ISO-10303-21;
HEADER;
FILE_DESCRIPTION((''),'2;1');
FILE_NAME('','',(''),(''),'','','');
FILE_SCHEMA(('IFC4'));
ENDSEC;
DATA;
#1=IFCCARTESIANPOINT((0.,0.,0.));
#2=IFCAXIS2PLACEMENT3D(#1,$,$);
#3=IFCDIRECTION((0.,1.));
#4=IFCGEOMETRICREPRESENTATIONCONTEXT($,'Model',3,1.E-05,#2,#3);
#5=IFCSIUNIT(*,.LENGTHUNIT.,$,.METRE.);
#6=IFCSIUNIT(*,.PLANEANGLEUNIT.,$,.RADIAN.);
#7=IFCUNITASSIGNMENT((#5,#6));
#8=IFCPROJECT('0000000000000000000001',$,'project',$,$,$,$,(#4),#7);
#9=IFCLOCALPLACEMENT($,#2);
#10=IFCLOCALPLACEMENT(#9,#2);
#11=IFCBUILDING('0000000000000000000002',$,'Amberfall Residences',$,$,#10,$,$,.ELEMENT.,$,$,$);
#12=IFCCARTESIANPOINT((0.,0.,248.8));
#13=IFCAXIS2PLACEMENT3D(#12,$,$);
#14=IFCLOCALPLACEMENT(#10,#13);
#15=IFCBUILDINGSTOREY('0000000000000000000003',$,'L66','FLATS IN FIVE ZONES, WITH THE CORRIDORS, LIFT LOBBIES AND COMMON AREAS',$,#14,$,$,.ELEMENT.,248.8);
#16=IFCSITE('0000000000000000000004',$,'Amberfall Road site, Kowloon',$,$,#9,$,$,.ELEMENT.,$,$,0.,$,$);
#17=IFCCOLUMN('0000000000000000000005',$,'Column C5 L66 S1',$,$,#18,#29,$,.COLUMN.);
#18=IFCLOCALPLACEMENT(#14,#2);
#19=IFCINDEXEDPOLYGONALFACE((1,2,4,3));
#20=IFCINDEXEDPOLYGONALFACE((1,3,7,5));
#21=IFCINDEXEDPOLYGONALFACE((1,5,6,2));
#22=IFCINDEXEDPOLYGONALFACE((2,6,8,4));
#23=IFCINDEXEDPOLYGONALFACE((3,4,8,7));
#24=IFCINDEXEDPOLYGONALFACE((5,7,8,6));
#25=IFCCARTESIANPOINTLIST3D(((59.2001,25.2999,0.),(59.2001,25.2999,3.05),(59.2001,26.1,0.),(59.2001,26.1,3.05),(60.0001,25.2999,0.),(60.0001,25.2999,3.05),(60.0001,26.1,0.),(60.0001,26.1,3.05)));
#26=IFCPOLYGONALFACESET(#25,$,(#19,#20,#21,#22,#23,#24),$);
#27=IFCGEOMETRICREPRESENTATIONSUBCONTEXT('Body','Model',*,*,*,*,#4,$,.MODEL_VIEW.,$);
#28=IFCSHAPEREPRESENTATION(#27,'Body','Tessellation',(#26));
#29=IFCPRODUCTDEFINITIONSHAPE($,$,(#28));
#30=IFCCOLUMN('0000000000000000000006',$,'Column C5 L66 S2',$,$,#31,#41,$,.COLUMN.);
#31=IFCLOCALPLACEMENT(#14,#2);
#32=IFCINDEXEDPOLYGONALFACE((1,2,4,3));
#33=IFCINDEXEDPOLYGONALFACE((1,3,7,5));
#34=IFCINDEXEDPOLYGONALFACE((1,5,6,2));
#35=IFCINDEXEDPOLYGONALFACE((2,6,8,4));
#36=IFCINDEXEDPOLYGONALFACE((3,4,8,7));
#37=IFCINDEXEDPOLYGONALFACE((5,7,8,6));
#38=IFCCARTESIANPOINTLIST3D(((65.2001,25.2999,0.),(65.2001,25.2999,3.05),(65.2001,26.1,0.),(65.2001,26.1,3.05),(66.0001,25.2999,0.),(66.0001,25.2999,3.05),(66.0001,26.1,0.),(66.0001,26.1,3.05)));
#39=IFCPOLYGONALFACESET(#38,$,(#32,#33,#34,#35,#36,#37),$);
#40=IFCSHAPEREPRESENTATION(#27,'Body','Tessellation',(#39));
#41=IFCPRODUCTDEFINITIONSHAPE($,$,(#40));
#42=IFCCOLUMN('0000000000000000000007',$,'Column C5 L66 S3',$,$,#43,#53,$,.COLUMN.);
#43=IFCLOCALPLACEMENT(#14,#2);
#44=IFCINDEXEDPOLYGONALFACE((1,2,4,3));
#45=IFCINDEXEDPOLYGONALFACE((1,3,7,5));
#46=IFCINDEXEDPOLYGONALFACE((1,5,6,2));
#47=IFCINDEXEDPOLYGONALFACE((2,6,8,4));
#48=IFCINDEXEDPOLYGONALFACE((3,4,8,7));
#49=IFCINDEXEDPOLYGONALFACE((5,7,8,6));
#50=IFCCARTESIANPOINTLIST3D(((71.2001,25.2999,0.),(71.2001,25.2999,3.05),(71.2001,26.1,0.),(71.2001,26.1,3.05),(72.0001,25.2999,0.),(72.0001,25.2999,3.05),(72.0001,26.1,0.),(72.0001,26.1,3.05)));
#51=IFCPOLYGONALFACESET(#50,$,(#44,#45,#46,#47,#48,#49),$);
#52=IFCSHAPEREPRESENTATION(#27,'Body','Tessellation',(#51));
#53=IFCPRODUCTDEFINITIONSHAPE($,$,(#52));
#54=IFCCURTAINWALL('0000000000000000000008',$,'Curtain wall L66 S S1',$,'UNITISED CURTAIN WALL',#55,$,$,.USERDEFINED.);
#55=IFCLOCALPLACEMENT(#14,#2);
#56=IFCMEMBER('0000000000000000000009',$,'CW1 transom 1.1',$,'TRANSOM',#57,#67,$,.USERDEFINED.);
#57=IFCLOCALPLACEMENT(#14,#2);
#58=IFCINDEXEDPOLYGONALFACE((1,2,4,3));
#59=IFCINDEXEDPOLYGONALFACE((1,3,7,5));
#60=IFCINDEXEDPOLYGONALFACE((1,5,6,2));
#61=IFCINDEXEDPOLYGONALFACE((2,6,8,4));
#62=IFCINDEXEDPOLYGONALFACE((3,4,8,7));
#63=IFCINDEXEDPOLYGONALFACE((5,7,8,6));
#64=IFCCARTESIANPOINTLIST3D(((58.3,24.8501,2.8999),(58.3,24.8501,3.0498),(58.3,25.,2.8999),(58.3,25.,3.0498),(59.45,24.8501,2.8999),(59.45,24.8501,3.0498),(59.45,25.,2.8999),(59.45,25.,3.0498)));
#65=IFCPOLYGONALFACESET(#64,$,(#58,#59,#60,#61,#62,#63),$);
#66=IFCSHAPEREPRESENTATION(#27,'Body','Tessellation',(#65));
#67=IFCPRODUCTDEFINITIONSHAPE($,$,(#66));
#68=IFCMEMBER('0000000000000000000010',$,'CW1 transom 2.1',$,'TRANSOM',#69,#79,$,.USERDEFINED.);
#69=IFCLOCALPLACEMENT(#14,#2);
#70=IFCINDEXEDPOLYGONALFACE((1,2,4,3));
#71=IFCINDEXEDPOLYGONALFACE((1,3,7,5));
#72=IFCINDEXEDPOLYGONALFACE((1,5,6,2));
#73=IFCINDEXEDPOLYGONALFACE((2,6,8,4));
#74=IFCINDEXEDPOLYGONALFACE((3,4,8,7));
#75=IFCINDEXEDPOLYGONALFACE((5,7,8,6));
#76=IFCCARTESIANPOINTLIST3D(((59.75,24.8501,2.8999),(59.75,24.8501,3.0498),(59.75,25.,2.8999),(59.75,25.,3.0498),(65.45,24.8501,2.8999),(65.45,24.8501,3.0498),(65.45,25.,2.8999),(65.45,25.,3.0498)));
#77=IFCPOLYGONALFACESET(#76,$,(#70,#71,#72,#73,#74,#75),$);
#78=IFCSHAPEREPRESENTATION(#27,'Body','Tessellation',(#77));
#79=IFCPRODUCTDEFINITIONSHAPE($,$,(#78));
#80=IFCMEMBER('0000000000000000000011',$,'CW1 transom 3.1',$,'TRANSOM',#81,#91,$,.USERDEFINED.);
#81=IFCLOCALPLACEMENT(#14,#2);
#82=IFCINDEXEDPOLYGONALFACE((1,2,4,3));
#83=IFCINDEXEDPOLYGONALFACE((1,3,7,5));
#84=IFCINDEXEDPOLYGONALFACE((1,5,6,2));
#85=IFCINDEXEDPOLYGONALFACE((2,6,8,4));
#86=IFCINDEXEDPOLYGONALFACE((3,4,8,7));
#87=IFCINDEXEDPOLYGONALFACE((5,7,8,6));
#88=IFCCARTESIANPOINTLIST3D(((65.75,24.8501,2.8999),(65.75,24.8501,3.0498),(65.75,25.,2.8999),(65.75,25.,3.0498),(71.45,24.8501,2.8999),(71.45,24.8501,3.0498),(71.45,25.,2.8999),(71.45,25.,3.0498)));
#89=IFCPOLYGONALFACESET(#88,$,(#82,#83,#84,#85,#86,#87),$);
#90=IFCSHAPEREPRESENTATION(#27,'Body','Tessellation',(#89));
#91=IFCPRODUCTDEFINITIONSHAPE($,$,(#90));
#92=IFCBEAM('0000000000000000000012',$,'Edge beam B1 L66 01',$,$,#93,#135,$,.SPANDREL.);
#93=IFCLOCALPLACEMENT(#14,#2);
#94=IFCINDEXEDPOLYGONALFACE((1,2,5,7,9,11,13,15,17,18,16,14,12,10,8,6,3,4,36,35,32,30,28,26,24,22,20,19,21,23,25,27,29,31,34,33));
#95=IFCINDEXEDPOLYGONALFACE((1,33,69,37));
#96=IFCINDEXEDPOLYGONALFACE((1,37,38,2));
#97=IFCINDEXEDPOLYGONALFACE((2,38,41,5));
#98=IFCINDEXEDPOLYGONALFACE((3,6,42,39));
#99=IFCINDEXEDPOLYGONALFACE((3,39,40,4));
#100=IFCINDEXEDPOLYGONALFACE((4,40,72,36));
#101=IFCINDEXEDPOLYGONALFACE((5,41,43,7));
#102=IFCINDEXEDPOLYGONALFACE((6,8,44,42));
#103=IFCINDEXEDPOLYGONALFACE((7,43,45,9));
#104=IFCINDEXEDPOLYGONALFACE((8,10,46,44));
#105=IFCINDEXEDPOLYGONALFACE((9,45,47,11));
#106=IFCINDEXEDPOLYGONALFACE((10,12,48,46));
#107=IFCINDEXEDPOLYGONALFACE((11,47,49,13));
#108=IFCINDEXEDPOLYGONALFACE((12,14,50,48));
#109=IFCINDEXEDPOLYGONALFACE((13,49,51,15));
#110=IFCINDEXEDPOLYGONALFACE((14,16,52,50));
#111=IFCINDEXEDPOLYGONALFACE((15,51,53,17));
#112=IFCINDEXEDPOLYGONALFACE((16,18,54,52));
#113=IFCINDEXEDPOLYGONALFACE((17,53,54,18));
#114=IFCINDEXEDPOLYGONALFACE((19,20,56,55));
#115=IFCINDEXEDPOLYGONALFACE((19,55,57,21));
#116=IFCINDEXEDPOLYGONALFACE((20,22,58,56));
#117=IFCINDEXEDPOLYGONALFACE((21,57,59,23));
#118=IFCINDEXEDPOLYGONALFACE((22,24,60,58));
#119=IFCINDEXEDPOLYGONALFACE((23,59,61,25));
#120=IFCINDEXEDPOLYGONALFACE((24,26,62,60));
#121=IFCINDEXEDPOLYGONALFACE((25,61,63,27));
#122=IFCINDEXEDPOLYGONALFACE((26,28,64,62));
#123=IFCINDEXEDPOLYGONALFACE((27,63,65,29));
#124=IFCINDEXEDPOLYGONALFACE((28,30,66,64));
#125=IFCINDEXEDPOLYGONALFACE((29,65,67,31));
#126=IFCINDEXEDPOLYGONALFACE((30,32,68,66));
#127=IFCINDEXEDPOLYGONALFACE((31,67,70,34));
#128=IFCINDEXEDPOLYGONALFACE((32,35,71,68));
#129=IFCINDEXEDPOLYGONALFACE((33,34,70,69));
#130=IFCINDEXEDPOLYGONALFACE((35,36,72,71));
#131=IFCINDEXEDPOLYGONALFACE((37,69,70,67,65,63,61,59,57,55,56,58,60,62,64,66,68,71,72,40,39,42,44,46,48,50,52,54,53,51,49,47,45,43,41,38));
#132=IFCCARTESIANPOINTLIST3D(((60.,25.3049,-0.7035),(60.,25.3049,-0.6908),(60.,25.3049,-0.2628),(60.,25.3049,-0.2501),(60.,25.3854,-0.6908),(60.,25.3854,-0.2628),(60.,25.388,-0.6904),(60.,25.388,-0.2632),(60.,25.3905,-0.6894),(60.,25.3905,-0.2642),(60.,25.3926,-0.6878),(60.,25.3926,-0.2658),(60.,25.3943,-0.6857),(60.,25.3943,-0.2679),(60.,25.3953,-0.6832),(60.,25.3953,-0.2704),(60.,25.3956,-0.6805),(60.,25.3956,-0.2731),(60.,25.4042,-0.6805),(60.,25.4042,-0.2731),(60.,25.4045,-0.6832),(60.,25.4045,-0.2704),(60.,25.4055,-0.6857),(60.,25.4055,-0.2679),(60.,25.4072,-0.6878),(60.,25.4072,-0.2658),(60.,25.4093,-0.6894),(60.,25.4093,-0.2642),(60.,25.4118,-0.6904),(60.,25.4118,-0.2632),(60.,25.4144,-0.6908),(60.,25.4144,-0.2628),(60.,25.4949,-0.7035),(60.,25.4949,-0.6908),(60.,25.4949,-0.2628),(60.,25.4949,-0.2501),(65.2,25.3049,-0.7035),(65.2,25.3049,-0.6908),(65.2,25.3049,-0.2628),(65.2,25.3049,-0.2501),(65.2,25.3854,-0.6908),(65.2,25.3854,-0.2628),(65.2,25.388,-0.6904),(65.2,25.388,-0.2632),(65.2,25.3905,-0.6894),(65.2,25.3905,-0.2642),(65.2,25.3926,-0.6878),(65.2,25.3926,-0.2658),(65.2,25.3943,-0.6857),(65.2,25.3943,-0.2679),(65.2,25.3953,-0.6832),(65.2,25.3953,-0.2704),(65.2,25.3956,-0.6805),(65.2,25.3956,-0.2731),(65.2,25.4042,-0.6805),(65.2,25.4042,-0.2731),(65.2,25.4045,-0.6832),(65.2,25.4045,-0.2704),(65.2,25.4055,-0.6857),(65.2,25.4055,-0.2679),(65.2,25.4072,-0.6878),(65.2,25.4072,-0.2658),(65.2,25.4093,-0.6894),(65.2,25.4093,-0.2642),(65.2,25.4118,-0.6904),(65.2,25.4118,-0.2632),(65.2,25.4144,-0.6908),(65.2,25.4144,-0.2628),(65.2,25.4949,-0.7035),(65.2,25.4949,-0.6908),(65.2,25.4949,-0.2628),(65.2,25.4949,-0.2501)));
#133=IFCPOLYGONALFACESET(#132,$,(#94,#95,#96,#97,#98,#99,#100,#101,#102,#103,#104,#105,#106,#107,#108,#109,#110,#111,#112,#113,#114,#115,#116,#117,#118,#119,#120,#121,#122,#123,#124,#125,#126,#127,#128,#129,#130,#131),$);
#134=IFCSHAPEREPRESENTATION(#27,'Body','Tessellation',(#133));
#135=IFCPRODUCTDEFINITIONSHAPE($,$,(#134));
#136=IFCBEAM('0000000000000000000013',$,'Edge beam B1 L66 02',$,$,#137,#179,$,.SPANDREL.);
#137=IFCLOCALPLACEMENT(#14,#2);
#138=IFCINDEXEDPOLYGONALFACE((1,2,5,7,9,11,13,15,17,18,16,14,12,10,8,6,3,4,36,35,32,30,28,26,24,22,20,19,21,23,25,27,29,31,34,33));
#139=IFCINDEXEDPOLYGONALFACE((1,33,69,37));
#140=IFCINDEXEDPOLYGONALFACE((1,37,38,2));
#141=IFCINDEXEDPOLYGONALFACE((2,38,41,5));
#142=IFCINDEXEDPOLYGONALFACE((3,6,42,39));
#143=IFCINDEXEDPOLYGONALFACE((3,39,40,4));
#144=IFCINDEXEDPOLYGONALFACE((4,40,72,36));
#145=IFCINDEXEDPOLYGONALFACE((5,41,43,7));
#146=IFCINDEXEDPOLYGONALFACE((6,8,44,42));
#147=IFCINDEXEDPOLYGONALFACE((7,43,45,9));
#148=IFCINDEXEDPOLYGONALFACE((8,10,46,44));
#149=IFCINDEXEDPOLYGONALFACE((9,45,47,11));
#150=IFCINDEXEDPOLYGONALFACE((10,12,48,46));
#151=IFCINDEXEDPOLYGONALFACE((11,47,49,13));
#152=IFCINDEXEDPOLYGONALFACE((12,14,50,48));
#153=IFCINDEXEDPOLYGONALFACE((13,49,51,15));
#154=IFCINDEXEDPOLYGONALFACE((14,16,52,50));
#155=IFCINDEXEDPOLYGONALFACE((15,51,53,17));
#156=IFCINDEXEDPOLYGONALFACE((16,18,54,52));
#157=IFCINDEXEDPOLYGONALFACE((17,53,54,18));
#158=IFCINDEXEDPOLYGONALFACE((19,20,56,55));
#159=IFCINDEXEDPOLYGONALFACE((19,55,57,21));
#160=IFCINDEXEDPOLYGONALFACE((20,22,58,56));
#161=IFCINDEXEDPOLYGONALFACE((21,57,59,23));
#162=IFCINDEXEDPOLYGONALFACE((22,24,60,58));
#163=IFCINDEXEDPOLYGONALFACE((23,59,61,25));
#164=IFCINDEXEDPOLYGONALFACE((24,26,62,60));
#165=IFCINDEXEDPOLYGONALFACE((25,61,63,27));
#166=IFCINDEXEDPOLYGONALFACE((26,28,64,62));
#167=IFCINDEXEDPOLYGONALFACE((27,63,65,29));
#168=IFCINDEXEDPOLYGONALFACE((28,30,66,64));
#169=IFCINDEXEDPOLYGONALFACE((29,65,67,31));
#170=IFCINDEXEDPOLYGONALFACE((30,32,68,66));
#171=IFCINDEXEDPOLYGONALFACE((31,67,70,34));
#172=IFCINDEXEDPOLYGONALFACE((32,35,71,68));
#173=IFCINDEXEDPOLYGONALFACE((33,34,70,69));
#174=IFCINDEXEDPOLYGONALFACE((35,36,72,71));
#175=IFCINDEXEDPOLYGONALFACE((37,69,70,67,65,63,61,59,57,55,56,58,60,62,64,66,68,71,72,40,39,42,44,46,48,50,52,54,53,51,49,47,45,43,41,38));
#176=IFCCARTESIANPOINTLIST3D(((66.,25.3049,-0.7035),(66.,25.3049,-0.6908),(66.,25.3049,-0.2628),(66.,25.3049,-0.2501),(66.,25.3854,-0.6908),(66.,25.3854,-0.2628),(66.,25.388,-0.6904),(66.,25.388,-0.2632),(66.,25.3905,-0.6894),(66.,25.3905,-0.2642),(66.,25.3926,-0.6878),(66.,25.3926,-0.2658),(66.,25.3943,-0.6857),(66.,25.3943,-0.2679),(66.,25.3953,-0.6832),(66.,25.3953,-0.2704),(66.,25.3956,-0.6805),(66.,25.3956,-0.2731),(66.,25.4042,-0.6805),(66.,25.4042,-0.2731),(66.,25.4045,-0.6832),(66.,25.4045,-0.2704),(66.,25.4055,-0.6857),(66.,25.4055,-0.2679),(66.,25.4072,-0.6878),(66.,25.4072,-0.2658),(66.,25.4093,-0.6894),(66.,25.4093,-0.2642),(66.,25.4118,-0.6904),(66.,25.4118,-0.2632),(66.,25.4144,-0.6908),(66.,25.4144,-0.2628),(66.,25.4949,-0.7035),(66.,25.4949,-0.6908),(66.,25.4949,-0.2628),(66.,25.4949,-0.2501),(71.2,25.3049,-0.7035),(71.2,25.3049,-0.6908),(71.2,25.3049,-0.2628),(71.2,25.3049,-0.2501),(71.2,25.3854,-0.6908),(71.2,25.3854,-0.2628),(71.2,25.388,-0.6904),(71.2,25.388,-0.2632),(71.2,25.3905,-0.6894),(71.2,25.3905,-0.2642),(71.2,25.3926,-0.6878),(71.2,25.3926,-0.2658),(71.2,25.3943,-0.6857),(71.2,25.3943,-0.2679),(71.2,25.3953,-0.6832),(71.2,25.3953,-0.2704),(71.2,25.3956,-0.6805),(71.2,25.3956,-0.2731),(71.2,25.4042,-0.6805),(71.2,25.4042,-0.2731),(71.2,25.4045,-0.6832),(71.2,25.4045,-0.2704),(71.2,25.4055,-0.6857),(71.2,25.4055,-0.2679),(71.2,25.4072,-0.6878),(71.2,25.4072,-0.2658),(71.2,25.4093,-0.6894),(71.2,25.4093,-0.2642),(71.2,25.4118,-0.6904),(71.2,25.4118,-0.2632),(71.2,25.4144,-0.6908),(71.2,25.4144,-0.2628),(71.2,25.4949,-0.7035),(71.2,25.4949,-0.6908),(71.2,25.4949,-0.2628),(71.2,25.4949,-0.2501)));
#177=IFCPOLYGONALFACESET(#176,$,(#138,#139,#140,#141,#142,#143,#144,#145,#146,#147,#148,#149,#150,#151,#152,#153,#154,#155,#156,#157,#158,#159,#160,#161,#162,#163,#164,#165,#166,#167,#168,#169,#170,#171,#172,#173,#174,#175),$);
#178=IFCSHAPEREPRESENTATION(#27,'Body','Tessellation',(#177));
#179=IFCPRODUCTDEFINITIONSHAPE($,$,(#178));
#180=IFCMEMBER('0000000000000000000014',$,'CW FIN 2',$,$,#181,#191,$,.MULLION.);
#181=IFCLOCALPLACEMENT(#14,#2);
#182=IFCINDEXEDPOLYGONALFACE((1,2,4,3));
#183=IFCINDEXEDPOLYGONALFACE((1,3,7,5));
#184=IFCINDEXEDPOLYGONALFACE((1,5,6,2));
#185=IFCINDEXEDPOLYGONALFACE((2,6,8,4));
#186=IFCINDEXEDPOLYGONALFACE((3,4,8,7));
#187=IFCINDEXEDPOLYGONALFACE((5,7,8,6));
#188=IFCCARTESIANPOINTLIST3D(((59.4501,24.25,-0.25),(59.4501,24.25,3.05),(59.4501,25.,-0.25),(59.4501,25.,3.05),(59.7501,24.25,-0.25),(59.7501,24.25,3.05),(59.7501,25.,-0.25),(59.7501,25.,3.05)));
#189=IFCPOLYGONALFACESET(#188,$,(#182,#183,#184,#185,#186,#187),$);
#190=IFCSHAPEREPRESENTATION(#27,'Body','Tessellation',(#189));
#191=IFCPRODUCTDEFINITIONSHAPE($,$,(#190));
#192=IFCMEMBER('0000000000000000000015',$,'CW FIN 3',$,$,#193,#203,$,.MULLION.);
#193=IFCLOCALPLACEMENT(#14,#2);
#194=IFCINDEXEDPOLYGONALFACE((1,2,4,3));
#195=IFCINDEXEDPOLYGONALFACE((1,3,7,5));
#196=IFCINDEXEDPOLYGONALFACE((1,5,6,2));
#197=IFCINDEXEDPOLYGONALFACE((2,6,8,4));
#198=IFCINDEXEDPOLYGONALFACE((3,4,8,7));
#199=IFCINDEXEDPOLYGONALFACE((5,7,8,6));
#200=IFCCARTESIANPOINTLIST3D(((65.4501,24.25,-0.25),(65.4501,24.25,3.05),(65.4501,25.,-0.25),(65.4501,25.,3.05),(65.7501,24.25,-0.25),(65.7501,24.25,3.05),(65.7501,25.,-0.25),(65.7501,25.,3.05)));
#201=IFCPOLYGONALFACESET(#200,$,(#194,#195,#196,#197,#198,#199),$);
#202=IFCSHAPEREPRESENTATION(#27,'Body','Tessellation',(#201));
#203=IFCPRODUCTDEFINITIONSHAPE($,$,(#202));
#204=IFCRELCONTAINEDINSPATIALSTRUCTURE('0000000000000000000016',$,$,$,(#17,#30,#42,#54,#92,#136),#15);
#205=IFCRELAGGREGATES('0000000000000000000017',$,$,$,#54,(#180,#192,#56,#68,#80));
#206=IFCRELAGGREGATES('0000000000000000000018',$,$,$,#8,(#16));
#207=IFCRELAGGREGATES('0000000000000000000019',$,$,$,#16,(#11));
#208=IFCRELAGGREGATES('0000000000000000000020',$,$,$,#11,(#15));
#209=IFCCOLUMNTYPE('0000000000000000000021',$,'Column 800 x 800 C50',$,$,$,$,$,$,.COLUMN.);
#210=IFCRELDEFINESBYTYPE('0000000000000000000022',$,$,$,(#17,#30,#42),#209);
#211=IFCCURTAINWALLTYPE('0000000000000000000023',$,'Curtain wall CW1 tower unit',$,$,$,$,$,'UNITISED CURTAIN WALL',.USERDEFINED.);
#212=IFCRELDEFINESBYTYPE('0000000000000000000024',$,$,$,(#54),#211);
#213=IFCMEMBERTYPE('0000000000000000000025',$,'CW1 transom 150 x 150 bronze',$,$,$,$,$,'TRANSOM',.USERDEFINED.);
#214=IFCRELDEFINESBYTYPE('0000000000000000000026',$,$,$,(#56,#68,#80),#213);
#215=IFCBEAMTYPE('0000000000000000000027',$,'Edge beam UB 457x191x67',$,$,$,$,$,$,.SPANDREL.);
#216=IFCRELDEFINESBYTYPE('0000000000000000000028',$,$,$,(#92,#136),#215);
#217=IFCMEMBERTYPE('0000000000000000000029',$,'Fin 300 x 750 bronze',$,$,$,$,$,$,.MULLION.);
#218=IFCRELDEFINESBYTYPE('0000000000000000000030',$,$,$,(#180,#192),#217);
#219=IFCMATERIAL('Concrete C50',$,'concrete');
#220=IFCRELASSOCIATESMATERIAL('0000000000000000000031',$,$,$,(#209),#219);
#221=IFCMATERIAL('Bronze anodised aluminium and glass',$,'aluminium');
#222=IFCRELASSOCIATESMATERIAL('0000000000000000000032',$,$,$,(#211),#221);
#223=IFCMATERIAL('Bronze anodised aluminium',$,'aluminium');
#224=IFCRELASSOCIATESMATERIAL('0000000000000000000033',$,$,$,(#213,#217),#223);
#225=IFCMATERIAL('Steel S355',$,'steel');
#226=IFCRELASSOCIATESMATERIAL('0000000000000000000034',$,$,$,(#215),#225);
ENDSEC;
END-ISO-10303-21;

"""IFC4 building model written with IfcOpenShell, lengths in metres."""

from ifc_helpers import new_model, si_unit, direction, frame, origin, origin_2d, place, context, subcontext, project, spatial, rectangle, i_section, extrude, material, material_profile, profile_set, type_object, element, aggregate, save


model = new_model("IFC4")

# Units and contexts
model_context = context("Model", 3, precision=1e-05, world=origin(), true_north=direction((0.0, 1.0)))
body_context = subcontext(model_context, "Body", "Model", "MODEL_VIEW")
ifc_project = project(units=[si_unit("LENGTHUNIT", "METRE"), si_unit("PLANEANGLEUNIT", "RADIAN")], contexts=[model_context])

# Site, building, storey
site_placement = place(None, origin())
site = spatial("IfcSite", under=ifc_project, at=site_placement, Name="Amberfall Road site, Kowloon", CompositionType="ELEMENT", RefElevation=0.0)
building_placement = place(site_placement, origin())
building = spatial("IfcBuilding", under=site, at=building_placement, Name="Amberfall Residences", CompositionType="ELEMENT")
storey_placement = place(building_placement, frame((0.0, 0.0, 248.8)))
storey = spatial("IfcBuildingStorey", under=building, at=storey_placement, Name="L66", Description="FLATS IN FIVE ZONES, WITH THE CORRIDORS, LIFT LOBBIES AND COMMON AREAS", CompositionType="ELEMENT", Elevation=248.8)

# Columns
ifc_material_1 = material(Name="Concrete C50", Category="concrete")
ifc_material_profile_1 = material_profile(ifc_material_1, rectangle(XDim=0.8, YDim=0.8, at=origin_2d()), Name="Column 800 x 800 C50")
ifc_profile_set_1 = profile_set([ifc_material_profile_1], Name="Concrete C50")
column_type = type_object("IfcColumnType", Name="Column 800 x 800 C50", PredefinedType="COLUMN", material=ifc_profile_set_1)
for number, where, z_axis, x_axis, name in (
    (1, (59.6001, 25.7, 0.0), (0.0, 0.0, 1.0), (1.0, 0.0, 0.0), "Column C5 L66 S1"),
    (2, (65.6001, 25.7, 0.0), (0.0, 0.0, 1.0), (1.0, 0.0, 0.0), "Column C5 L66 S2"),
    (3, (71.6001, 25.7, 0.0), (0.0, 0.0, 1.0), (1.0, 0.0, 0.0), "Column C5 L66 S3"),
):
    element("IfcColumn", number, at=place(storey_placement, frame(where, z_axis=z_axis, x_axis=x_axis)), inside=storey, type_object=column_type, Name=name, PredefinedType="COLUMN", context=body_context, shape_type="SweptSolid", body=[
        extrude(rectangle(XDim=0.8, YDim=0.8, at=origin_2d()), origin(), (0.0, 0.0, 1.0), 3.05),
    ])

# Curtain wall, members
ifc_material_2 = material(Name="Bronze anodised aluminium and glass", Category="aluminium")
curtain_wall_type = type_object("IfcCurtainWallType", Name="Curtain wall CW1 tower unit", ElementType="UNITISED CURTAIN WALL", PredefinedType="USERDEFINED", material=ifc_material_2)
curtain_wall_placement = place(storey_placement, origin())
curtain_wall = element("IfcCurtainWall", 4, at=curtain_wall_placement, inside=storey, type_object=curtain_wall_type, Name="Curtain wall L66 S S1", ObjectType="UNITISED CURTAIN WALL", PredefinedType="USERDEFINED")
ifc_material_3 = material(Name="Bronze anodised aluminium", Category="aluminium")
ifc_material_profile_2 = material_profile(ifc_material_3, rectangle(XDim=0.1499, YDim=0.1499, at=origin_2d()), Name="CW1 transom 150 x 150 bronze")
ifc_profile_set_2 = profile_set([ifc_material_profile_2], Name="Bronze anodised aluminium")
member_type_1 = type_object("IfcMemberType", Name="CW1 transom 150 x 150 bronze", ElementType="TRANSOM", PredefinedType="USERDEFINED", material=ifc_profile_set_2)
member_1_placement = place(storey_placement, frame((58.3, 24.925, 2.9749), z_axis=(1.0, 0.0, 0.0), x_axis=(0.0, 1.0, 0.0)))
member_1 = element("IfcMember", 5, at=member_1_placement, type_object=member_type_1, Name="CW1 transom 1.1", ObjectType="TRANSOM", PredefinedType="USERDEFINED", context=body_context, shape_type="SweptSolid", body=[
    extrude(rectangle(XDim=0.1499, YDim=0.1499, at=origin_2d()), origin(), (0.0, 0.0, 1.0), 1.1499),
])
member_2_placement = place(storey_placement, frame((59.75, 24.925, 2.9749), z_axis=(1.0, 0.0, 0.0), x_axis=(0.0, 1.0, 0.0)))
member_2 = element("IfcMember", 6, at=member_2_placement, type_object=member_type_1, Name="CW1 transom 2.1", ObjectType="TRANSOM", PredefinedType="USERDEFINED", context=body_context, shape_type="SweptSolid", body=[
    extrude(rectangle(XDim=0.1499, YDim=0.1499, at=origin_2d()), origin(), (0.0, 0.0, 1.0), 5.7),
])
member_3_placement = place(storey_placement, frame((65.75, 24.925, 2.9749), z_axis=(1.0, 0.0, 0.0), x_axis=(0.0, 1.0, 0.0)))
member_3 = element("IfcMember", 7, at=member_3_placement, type_object=member_type_1, Name="CW1 transom 3.1", ObjectType="TRANSOM", PredefinedType="USERDEFINED", context=body_context, shape_type="SweptSolid", body=[
    extrude(rectangle(XDim=0.1499, YDim=0.1499, at=origin_2d()), origin(), (0.0, 0.0, 1.0), 5.7),
])

# Beams
ifc_material_4 = material(Name="Steel S355", Category="steel")
ifc_material_profile_3 = material_profile(ifc_material_4, i_section(OverallWidth=0.1899, OverallDepth=0.4534, WebThickness=0.0085, FlangeThickness=0.0127, FilletRadius=0.0103, at=origin_2d()), Name="UB 457x191x67")
ifc_profile_set_3 = profile_set([ifc_material_profile_3], Name="Steel S355")
beam_type_1 = type_object("IfcBeamType", Name="Edge beam UB 457x191x67", PredefinedType="SPANDREL", material=ifc_profile_set_3)
for number, where, z_axis, x_axis, name in (
    (8, (60.0, 25.3999, -0.4768), (1.0, 0.0, 0.0), (0.0, 1.0, 0.0), "Edge beam B1 L66 01"),
    (9, (66.0, 25.3999, -0.4768), (1.0, 0.0, 0.0), (0.0, 1.0, 0.0), "Edge beam B1 L66 02"),
):
    element("IfcBeam", number, at=place(storey_placement, frame(where, z_axis=z_axis, x_axis=x_axis)), inside=storey, type_object=beam_type_1, Name=name, PredefinedType="SPANDREL", context=body_context, shape_type="SweptSolid", body=[
        extrude(i_section(OverallWidth=0.1899, OverallDepth=0.4534, WebThickness=0.0085, FlangeThickness=0.0127, FilletRadius=0.0103, at=origin_2d()), origin(), (0.0, 0.0, 1.0), 5.2),
    ])

# Members
ifc_material_profile_4 = material_profile(ifc_material_3, rectangle(XDim=0.75, YDim=0.3, at=origin_2d()), Name="Fin 300 x 750 bronze")
ifc_profile_set_4 = profile_set([ifc_material_profile_4], Name="Bronze anodised aluminium")
member_type_2 = type_object("IfcMemberType", Name="Fin 300 x 750 bronze", PredefinedType="MULLION", material=ifc_profile_set_4)
member_4_placement = place(storey_placement, frame((59.6001, 24.625, -0.25), z_axis=(0.0, 0.0, 1.0), x_axis=(0.0, 1.0, 0.0)))
member_4 = element("IfcMember", 10, at=member_4_placement, type_object=member_type_2, Name="CW FIN 2", PredefinedType="MULLION", context=body_context, shape_type="SweptSolid", body=[
    extrude(rectangle(XDim=0.75, YDim=0.3, at=origin_2d()), origin(), (0.0, 0.0, 1.0), 3.3),
])
member_5_placement = place(storey_placement, frame((65.6001, 24.625, -0.25), z_axis=(0.0, 0.0, 1.0), x_axis=(0.0, 1.0, 0.0)))
member_5 = element("IfcMember", 11, at=member_5_placement, type_object=member_type_2, Name="CW FIN 3", PredefinedType="MULLION", context=body_context, shape_type="SweptSolid", body=[
    extrude(rectangle(XDim=0.75, YDim=0.3, at=origin_2d()), origin(), (0.0, 0.0, 1.0), 3.3),
])

aggregate(curtain_wall, [member_4, member_5, member_1, member_2, member_3])

save(model, "model.ifc")
